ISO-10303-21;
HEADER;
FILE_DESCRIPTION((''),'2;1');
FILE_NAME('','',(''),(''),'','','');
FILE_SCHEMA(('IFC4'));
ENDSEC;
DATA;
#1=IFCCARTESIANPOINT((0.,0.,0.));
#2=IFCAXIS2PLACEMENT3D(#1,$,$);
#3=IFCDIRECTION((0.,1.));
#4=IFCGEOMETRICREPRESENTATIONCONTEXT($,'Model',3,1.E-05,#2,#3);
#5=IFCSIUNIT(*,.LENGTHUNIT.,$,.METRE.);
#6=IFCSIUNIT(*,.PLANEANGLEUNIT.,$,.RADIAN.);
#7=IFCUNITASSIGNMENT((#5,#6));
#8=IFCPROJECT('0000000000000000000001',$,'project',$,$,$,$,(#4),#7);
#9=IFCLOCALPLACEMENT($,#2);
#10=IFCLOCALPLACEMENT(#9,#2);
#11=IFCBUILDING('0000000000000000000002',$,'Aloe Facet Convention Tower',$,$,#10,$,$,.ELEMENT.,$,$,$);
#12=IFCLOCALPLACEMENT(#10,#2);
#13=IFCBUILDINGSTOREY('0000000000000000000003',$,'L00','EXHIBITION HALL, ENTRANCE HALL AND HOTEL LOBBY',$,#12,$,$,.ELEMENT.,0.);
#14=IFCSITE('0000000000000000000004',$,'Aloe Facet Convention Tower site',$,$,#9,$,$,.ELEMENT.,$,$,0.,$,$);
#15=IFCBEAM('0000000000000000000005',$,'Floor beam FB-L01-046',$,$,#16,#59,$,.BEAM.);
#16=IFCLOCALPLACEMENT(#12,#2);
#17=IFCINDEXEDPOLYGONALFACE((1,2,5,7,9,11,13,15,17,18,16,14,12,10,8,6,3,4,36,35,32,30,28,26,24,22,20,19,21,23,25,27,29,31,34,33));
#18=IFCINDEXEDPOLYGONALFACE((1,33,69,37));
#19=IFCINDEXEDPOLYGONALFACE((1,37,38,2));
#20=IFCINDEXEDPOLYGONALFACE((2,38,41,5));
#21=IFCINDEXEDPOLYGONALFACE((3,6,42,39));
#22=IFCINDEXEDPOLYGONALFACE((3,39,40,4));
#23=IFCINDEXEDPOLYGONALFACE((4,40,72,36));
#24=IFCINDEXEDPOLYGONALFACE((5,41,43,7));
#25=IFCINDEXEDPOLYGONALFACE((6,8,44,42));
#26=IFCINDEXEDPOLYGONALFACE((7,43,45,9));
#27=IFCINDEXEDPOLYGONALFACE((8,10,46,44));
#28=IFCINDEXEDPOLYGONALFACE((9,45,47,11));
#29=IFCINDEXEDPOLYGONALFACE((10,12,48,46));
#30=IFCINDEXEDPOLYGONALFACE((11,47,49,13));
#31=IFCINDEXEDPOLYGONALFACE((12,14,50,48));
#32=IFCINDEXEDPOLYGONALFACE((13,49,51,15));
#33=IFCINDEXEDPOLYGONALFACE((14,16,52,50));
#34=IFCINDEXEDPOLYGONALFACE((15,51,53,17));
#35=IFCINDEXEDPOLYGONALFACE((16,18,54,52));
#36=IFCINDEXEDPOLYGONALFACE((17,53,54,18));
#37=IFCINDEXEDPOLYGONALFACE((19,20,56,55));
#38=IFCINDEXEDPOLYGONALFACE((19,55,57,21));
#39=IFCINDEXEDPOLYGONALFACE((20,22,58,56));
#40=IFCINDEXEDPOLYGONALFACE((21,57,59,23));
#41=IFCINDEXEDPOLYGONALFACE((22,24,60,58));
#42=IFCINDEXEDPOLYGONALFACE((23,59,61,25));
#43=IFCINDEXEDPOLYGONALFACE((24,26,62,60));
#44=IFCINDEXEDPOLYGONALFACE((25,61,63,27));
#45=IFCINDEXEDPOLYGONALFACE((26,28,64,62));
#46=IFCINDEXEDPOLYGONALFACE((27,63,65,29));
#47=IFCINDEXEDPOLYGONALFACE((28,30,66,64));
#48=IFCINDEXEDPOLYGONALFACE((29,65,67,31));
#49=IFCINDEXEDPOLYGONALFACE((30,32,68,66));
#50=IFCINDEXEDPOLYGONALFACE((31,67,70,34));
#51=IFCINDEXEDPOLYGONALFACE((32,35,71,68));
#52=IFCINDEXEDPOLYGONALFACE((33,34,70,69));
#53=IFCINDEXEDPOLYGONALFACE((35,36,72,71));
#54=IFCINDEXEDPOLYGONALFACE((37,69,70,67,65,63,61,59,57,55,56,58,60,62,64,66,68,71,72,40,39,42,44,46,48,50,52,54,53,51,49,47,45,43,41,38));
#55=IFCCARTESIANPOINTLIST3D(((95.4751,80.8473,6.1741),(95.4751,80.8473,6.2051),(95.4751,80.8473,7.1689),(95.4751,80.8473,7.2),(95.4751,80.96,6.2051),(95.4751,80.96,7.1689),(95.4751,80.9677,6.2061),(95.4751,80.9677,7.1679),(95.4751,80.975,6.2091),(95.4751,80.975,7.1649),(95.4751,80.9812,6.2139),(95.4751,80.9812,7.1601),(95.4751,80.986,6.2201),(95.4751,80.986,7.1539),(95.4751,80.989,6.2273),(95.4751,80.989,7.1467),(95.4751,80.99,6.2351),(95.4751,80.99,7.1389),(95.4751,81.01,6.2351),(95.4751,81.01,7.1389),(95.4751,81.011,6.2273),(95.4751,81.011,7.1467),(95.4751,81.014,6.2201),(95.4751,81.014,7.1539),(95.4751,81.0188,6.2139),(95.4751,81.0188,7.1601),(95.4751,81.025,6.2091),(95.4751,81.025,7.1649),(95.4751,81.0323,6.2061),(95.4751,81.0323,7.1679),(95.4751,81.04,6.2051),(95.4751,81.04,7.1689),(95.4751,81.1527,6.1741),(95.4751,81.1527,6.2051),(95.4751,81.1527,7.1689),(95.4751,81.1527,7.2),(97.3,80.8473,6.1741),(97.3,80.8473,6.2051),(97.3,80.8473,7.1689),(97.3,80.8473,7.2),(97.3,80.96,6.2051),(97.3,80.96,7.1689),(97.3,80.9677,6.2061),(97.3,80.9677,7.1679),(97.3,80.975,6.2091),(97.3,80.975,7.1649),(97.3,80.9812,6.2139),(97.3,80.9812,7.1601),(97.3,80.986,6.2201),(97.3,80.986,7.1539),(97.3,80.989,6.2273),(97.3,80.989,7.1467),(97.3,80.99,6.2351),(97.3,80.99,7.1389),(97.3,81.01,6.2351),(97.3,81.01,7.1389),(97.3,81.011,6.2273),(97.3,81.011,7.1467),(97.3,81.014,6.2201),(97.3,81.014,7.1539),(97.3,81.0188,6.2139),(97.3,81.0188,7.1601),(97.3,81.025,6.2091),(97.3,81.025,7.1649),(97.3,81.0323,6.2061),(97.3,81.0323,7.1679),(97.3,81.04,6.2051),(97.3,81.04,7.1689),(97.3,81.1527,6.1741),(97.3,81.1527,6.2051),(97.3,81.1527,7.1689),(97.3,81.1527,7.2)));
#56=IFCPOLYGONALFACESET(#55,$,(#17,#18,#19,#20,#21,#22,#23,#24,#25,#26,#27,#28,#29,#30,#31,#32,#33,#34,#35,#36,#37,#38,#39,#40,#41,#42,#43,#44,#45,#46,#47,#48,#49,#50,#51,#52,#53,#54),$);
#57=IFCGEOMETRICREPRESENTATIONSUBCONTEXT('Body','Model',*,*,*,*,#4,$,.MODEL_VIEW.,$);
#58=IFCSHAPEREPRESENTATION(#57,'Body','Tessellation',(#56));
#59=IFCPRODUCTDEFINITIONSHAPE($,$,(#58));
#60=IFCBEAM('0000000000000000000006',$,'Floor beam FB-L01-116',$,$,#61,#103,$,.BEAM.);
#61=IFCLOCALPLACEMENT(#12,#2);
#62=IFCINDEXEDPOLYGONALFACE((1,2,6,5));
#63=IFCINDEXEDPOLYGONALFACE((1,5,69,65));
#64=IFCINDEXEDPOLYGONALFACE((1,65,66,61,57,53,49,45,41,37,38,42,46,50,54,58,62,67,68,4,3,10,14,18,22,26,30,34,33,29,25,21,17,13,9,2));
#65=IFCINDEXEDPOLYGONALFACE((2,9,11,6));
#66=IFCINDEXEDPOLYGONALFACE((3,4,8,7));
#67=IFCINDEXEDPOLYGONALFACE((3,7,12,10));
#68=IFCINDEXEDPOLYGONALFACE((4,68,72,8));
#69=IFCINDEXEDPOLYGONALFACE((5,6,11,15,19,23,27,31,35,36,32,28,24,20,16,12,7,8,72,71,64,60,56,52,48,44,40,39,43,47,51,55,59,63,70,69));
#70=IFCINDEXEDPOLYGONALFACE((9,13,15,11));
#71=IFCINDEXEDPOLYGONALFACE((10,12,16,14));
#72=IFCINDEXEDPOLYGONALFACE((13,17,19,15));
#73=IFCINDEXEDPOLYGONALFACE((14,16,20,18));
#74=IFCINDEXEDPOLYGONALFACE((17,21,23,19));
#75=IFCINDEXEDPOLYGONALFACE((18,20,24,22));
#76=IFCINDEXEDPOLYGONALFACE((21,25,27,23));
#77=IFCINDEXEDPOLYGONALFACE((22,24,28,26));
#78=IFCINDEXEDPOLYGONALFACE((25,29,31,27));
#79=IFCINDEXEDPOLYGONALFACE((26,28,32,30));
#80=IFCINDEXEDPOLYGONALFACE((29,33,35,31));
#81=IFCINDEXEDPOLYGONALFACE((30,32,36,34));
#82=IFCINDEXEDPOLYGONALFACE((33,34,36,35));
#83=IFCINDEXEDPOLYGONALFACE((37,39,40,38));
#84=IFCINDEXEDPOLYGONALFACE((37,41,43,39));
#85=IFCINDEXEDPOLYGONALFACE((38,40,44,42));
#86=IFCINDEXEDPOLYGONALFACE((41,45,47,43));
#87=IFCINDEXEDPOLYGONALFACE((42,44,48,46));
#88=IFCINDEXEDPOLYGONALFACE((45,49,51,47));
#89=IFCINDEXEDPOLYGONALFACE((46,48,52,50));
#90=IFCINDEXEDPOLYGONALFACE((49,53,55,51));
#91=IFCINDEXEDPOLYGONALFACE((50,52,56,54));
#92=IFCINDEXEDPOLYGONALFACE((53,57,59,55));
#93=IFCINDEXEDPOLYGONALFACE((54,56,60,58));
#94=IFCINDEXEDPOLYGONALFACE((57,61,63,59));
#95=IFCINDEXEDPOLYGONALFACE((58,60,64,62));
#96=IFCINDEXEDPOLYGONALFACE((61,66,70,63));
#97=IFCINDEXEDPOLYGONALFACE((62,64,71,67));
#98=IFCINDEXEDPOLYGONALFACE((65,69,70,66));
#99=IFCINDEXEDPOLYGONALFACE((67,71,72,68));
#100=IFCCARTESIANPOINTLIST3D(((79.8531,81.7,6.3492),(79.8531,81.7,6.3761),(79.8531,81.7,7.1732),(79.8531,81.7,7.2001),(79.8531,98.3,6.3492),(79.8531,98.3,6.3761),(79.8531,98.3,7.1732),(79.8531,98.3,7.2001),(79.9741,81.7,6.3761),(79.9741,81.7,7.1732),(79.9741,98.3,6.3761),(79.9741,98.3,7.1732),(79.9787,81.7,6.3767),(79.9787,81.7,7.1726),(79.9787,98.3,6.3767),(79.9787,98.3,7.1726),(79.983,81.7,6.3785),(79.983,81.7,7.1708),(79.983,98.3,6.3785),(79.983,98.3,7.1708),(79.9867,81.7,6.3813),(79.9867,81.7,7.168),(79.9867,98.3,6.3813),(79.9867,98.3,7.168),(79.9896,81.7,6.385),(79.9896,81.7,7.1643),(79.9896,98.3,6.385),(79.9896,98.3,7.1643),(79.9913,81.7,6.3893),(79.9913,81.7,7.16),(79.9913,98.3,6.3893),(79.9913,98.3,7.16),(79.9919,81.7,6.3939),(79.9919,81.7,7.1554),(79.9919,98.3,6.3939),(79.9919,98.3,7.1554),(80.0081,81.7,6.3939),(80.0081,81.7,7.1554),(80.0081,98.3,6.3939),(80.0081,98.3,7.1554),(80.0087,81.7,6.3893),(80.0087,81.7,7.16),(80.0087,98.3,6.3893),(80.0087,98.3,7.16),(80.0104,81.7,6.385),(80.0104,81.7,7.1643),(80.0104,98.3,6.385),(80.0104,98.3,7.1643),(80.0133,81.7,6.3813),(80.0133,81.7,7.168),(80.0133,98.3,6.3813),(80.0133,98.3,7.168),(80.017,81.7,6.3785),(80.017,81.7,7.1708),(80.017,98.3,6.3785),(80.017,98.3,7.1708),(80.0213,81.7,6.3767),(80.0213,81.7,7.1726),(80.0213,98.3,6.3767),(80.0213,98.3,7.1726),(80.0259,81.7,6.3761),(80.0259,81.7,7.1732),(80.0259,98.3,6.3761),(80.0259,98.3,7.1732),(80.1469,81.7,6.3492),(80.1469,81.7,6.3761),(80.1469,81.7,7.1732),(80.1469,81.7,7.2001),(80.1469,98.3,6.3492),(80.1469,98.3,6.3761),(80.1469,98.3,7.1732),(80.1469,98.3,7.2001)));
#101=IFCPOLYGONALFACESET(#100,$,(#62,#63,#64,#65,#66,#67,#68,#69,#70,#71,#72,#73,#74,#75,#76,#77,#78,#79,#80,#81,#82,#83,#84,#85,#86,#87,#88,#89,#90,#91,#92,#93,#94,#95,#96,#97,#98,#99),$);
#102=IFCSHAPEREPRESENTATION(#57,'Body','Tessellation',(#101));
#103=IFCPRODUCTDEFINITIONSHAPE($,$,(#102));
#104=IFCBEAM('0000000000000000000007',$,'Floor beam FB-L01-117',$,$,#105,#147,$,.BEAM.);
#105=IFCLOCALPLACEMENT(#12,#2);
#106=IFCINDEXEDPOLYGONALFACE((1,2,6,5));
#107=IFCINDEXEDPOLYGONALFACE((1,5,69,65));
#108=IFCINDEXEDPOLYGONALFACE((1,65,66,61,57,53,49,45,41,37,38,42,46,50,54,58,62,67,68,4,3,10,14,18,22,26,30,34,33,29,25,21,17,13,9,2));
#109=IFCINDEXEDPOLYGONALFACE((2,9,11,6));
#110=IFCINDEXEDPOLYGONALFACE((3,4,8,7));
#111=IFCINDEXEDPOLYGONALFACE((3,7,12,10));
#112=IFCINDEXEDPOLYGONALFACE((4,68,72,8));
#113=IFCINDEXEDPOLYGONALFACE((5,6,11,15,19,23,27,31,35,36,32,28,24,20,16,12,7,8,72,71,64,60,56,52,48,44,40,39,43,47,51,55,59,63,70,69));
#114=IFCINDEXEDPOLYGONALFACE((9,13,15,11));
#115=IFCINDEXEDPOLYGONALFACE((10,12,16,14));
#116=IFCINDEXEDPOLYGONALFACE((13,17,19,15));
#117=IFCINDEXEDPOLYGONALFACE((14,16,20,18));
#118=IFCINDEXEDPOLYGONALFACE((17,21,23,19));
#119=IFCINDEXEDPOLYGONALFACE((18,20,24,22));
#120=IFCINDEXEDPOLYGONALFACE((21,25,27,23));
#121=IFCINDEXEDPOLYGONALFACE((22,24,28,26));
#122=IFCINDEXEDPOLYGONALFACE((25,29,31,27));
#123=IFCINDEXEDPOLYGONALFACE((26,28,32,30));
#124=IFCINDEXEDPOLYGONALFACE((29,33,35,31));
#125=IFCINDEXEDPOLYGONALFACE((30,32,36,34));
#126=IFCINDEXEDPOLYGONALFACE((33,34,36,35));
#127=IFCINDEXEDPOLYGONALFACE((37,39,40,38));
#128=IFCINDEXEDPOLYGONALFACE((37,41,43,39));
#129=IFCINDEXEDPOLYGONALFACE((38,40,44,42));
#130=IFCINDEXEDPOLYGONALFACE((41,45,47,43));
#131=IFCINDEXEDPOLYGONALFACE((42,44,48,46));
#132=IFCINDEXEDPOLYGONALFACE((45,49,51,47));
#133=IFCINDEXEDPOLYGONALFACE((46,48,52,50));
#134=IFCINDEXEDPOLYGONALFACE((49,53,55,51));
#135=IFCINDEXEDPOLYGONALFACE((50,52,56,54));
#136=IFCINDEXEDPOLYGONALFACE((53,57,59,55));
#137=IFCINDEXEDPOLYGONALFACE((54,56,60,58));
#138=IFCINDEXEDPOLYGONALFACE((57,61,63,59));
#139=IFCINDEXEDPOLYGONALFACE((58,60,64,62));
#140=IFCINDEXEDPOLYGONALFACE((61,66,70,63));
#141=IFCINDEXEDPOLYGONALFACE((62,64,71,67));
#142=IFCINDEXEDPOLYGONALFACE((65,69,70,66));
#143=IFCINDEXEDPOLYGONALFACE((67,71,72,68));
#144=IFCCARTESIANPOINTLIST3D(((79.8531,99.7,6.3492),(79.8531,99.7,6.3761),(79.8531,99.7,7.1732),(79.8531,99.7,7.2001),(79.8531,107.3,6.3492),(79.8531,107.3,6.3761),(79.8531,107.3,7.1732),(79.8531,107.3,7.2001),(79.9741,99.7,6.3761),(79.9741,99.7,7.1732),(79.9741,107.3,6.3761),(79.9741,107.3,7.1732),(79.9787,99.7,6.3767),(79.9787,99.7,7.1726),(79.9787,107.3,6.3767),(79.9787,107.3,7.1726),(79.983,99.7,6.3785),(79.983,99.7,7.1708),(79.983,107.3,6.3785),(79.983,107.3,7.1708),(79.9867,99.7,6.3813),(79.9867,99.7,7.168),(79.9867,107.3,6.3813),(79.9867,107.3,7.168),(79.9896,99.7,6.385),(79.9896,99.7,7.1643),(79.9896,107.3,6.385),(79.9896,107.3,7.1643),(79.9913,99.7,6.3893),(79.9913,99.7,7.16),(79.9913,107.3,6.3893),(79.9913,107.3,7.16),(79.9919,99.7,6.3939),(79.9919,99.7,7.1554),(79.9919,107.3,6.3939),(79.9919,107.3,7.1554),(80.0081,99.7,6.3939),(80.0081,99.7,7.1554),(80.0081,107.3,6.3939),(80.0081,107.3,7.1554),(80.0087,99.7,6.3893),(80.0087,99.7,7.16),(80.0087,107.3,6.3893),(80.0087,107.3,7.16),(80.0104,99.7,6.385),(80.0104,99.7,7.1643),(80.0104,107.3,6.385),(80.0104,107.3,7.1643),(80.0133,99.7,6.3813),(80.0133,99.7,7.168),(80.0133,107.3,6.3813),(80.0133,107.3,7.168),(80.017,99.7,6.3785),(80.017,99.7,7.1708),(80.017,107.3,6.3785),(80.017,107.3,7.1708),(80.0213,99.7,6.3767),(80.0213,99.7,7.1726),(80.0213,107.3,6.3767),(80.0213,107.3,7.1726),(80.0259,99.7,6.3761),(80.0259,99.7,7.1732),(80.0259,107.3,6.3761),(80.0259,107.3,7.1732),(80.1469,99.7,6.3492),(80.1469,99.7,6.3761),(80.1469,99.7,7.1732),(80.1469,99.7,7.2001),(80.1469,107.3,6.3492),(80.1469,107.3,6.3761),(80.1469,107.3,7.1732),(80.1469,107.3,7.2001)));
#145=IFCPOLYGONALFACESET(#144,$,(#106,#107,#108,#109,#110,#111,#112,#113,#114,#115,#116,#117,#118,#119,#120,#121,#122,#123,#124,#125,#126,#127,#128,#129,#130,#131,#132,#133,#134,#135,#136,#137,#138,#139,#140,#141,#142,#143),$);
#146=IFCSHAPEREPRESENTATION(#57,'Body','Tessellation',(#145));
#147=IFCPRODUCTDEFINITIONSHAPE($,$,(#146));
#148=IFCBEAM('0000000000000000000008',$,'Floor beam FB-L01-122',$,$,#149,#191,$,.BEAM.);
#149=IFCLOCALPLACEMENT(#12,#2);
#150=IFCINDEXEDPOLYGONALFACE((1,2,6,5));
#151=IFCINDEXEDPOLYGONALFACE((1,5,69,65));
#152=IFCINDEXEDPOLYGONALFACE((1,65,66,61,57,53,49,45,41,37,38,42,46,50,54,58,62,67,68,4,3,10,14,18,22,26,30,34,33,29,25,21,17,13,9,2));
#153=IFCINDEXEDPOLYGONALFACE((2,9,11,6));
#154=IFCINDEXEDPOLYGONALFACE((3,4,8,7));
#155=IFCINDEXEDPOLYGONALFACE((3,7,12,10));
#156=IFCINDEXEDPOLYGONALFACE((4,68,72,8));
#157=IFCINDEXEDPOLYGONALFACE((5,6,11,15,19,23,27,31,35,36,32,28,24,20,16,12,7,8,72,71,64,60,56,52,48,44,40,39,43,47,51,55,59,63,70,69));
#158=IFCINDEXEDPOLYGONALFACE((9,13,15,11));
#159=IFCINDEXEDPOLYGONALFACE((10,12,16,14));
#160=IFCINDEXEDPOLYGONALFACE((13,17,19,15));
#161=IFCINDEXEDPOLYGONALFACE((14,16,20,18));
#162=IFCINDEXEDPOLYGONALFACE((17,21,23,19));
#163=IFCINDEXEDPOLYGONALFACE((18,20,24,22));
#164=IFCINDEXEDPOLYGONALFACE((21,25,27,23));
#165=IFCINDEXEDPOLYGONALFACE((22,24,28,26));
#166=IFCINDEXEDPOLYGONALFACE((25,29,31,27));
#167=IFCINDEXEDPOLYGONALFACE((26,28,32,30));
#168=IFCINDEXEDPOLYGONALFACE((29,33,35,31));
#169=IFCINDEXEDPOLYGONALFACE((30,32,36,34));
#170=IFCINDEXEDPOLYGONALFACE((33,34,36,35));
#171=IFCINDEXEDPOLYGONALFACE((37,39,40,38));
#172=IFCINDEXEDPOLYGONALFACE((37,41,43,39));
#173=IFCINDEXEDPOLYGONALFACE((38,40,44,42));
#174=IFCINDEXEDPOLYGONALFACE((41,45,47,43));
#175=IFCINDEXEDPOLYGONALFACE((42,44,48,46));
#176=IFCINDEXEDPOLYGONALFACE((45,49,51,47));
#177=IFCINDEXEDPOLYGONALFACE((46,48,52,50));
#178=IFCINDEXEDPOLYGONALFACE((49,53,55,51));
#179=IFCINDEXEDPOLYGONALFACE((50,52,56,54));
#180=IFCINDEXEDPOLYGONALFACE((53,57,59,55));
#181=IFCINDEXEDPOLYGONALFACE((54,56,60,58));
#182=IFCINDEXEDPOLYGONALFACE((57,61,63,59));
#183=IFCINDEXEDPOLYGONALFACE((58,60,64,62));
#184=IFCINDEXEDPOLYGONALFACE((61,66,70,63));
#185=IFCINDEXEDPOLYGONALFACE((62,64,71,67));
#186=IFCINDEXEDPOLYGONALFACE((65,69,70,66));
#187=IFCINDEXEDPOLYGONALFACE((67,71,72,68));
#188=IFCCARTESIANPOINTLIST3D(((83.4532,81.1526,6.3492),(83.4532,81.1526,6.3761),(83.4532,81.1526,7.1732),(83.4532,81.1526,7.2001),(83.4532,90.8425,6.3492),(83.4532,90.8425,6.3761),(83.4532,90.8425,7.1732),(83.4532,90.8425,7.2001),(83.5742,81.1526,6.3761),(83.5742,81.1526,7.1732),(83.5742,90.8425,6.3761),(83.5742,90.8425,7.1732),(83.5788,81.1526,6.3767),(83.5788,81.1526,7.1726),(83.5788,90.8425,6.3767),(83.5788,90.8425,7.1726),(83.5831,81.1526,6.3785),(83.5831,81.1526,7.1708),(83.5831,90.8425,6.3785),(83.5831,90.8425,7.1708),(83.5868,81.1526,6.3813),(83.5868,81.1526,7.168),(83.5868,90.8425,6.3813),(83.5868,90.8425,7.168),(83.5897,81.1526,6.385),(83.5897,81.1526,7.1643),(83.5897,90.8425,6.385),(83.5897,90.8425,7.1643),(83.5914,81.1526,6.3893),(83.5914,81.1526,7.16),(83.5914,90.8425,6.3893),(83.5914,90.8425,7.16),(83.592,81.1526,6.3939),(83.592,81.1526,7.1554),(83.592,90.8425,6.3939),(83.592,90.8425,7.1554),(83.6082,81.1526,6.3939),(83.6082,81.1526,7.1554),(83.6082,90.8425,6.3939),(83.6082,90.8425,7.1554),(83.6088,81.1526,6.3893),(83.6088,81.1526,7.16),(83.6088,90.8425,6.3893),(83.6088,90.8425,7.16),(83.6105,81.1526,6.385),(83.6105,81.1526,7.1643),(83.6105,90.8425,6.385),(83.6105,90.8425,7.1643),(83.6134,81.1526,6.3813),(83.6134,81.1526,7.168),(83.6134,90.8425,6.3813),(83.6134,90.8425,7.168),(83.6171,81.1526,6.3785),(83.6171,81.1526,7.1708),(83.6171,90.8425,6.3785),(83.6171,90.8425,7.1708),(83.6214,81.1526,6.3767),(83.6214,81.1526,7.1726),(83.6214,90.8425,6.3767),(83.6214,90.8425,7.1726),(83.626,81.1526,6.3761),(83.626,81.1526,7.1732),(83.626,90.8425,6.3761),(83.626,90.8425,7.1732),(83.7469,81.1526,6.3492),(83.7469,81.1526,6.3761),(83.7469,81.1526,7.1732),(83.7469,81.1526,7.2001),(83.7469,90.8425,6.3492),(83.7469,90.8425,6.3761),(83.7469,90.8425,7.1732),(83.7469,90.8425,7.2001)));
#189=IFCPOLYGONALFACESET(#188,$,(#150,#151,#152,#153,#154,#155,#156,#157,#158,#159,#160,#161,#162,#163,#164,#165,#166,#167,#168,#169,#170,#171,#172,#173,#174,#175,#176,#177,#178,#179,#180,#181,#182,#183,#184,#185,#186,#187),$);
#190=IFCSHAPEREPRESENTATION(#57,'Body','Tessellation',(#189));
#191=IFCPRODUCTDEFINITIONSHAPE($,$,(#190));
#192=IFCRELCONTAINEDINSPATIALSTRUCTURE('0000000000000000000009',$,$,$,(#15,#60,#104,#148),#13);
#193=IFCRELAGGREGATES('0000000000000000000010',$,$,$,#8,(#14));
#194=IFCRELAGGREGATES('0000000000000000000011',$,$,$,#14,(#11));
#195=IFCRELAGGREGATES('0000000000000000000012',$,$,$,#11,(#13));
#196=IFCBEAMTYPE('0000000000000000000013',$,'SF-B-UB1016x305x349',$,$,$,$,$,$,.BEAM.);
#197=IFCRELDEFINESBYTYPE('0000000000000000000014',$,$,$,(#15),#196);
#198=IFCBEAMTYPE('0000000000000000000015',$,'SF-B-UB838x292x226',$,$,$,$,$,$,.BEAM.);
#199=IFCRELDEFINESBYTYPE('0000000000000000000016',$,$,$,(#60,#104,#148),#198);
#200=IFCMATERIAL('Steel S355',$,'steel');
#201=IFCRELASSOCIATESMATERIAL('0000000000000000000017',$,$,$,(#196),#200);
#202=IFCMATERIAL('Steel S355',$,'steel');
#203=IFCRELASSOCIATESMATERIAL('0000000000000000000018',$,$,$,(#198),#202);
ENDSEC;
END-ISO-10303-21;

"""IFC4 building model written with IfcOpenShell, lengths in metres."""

from ifc_helpers import new_model, si_unit, direction, frame, origin, origin_2d, place, context, subcontext, project, spatial, i_section, extrude, material, material_profile, profile_set, type_object, element, save


model = new_model("IFC4")

# Units and contexts
model_context = context("Model", 3, precision=1e-05, world=origin(), true_north=direction((0.0, 1.0)))
body_context = subcontext(model_context, "Body", "Model", "MODEL_VIEW")
ifc_project = project(units=[si_unit("LENGTHUNIT", "METRE"), si_unit("PLANEANGLEUNIT", "RADIAN")], contexts=[model_context])

# Site, building, storey
site_placement = place(None, origin())
site = spatial("IfcSite", under=ifc_project, at=site_placement, Name="Aloe Facet Convention Tower site", CompositionType="ELEMENT", RefElevation=0.0)
building_placement = place(site_placement, origin())
building = spatial("IfcBuilding", under=site, at=building_placement, Name="Aloe Facet Convention Tower", CompositionType="ELEMENT")
storey_placement = place(building_placement, origin())
storey = spatial("IfcBuildingStorey", under=building, at=storey_placement, Name="L00", Description="EXHIBITION HALL, ENTRANCE HALL AND HOTEL LOBBY", CompositionType="ELEMENT", Elevation=0.0)

# Beams
ifc_material_1 = material(Name="Steel S355", Category="steel")
ifc_material_profile_1 = material_profile(ifc_material_1, i_section(OverallWidth=0.3054, OverallDepth=1.0259, WebThickness=0.02, FlangeThickness=0.031, FilletRadius=0.03, at=origin_2d()), Name="UB 1016x305x349")
ifc_profile_set_1 = profile_set([ifc_material_profile_1], Name="Steel S355")
beam_type_1 = type_object("IfcBeamType", Name="SF-B-UB1016x305x349", PredefinedType="BEAM", material=ifc_profile_set_1)
beam_1_placement = place(storey_placement, frame((95.4751, 81.0, 6.687), z_axis=(1.0, 0.0, 0.0), x_axis=(0.0, 1.0, 0.0)))
element("IfcBeam", 1, at=beam_1_placement, inside=storey, type_object=beam_type_1, Name="Floor beam FB-L01-046", PredefinedType="BEAM", context=body_context, shape_type="SweptSolid", body=[
    extrude(i_section(OverallWidth=0.3054, OverallDepth=1.0259, WebThickness=0.02, FlangeThickness=0.031, FilletRadius=0.03, at=origin_2d()), origin(), (0.0, 0.0, 1.0), 1.825),
])
ifc_material_2 = material(Name="Steel S355", Category="steel")
ifc_material_profile_2 = material_profile(ifc_material_2, i_section(OverallWidth=0.2937, OverallDepth=0.8508, WebThickness=0.0161, FlangeThickness=0.0269, FilletRadius=0.0178, at=origin_2d()), Name="UB 838x292x226")
ifc_profile_set_2 = profile_set([ifc_material_profile_2], Name="Steel S355")
beam_type_2 = type_object("IfcBeamType", Name="SF-B-UB838x292x226", PredefinedType="BEAM", material=ifc_profile_set_2)
beam_2_placement = place(storey_placement, frame((80.0, 81.7, 6.7747), z_axis=(0.0, 1.0, 0.0), x_axis=(-1.0, 0.0, 0.0)))
element("IfcBeam", 2, at=beam_2_placement, inside=storey, type_object=beam_type_2, Name="Floor beam FB-L01-116", PredefinedType="BEAM", context=body_context, shape_type="SweptSolid", body=[
    extrude(i_section(OverallWidth=0.2937, OverallDepth=0.8508, WebThickness=0.0161, FlangeThickness=0.0269, FilletRadius=0.0178, at=origin_2d()), origin(), (0.0, 0.0, 1.0), 16.6001),
])
beam_3_placement = place(storey_placement, frame((80.0, 99.7, 6.7747), z_axis=(0.0, 1.0, 0.0), x_axis=(-1.0, 0.0, 0.0)))
element("IfcBeam", 3, at=beam_3_placement, inside=storey, type_object=beam_type_2, Name="Floor beam FB-L01-117", PredefinedType="BEAM", context=body_context, shape_type="SweptSolid", body=[
    extrude(i_section(OverallWidth=0.2937, OverallDepth=0.8508, WebThickness=0.0161, FlangeThickness=0.0269, FilletRadius=0.0178, at=origin_2d()), origin(), (0.0, 0.0, 1.0), 7.6001),
])
beam_4_placement = place(storey_placement, frame((83.6001, 81.1526, 6.7747), z_axis=(0.0, 1.0, 0.0), x_axis=(-1.0, 0.0, 0.0)))
element("IfcBeam", 4, at=beam_4_placement, inside=storey, type_object=beam_type_2, Name="Floor beam FB-L01-122", PredefinedType="BEAM", context=body_context, shape_type="SweptSolid", body=[
    extrude(i_section(OverallWidth=0.2937, OverallDepth=0.8508, WebThickness=0.0161, FlangeThickness=0.0269, FilletRadius=0.0178, at=origin_2d()), origin(), (0.0, 0.0, 1.0), 9.6899),
])

save(model, "model.ifc")
